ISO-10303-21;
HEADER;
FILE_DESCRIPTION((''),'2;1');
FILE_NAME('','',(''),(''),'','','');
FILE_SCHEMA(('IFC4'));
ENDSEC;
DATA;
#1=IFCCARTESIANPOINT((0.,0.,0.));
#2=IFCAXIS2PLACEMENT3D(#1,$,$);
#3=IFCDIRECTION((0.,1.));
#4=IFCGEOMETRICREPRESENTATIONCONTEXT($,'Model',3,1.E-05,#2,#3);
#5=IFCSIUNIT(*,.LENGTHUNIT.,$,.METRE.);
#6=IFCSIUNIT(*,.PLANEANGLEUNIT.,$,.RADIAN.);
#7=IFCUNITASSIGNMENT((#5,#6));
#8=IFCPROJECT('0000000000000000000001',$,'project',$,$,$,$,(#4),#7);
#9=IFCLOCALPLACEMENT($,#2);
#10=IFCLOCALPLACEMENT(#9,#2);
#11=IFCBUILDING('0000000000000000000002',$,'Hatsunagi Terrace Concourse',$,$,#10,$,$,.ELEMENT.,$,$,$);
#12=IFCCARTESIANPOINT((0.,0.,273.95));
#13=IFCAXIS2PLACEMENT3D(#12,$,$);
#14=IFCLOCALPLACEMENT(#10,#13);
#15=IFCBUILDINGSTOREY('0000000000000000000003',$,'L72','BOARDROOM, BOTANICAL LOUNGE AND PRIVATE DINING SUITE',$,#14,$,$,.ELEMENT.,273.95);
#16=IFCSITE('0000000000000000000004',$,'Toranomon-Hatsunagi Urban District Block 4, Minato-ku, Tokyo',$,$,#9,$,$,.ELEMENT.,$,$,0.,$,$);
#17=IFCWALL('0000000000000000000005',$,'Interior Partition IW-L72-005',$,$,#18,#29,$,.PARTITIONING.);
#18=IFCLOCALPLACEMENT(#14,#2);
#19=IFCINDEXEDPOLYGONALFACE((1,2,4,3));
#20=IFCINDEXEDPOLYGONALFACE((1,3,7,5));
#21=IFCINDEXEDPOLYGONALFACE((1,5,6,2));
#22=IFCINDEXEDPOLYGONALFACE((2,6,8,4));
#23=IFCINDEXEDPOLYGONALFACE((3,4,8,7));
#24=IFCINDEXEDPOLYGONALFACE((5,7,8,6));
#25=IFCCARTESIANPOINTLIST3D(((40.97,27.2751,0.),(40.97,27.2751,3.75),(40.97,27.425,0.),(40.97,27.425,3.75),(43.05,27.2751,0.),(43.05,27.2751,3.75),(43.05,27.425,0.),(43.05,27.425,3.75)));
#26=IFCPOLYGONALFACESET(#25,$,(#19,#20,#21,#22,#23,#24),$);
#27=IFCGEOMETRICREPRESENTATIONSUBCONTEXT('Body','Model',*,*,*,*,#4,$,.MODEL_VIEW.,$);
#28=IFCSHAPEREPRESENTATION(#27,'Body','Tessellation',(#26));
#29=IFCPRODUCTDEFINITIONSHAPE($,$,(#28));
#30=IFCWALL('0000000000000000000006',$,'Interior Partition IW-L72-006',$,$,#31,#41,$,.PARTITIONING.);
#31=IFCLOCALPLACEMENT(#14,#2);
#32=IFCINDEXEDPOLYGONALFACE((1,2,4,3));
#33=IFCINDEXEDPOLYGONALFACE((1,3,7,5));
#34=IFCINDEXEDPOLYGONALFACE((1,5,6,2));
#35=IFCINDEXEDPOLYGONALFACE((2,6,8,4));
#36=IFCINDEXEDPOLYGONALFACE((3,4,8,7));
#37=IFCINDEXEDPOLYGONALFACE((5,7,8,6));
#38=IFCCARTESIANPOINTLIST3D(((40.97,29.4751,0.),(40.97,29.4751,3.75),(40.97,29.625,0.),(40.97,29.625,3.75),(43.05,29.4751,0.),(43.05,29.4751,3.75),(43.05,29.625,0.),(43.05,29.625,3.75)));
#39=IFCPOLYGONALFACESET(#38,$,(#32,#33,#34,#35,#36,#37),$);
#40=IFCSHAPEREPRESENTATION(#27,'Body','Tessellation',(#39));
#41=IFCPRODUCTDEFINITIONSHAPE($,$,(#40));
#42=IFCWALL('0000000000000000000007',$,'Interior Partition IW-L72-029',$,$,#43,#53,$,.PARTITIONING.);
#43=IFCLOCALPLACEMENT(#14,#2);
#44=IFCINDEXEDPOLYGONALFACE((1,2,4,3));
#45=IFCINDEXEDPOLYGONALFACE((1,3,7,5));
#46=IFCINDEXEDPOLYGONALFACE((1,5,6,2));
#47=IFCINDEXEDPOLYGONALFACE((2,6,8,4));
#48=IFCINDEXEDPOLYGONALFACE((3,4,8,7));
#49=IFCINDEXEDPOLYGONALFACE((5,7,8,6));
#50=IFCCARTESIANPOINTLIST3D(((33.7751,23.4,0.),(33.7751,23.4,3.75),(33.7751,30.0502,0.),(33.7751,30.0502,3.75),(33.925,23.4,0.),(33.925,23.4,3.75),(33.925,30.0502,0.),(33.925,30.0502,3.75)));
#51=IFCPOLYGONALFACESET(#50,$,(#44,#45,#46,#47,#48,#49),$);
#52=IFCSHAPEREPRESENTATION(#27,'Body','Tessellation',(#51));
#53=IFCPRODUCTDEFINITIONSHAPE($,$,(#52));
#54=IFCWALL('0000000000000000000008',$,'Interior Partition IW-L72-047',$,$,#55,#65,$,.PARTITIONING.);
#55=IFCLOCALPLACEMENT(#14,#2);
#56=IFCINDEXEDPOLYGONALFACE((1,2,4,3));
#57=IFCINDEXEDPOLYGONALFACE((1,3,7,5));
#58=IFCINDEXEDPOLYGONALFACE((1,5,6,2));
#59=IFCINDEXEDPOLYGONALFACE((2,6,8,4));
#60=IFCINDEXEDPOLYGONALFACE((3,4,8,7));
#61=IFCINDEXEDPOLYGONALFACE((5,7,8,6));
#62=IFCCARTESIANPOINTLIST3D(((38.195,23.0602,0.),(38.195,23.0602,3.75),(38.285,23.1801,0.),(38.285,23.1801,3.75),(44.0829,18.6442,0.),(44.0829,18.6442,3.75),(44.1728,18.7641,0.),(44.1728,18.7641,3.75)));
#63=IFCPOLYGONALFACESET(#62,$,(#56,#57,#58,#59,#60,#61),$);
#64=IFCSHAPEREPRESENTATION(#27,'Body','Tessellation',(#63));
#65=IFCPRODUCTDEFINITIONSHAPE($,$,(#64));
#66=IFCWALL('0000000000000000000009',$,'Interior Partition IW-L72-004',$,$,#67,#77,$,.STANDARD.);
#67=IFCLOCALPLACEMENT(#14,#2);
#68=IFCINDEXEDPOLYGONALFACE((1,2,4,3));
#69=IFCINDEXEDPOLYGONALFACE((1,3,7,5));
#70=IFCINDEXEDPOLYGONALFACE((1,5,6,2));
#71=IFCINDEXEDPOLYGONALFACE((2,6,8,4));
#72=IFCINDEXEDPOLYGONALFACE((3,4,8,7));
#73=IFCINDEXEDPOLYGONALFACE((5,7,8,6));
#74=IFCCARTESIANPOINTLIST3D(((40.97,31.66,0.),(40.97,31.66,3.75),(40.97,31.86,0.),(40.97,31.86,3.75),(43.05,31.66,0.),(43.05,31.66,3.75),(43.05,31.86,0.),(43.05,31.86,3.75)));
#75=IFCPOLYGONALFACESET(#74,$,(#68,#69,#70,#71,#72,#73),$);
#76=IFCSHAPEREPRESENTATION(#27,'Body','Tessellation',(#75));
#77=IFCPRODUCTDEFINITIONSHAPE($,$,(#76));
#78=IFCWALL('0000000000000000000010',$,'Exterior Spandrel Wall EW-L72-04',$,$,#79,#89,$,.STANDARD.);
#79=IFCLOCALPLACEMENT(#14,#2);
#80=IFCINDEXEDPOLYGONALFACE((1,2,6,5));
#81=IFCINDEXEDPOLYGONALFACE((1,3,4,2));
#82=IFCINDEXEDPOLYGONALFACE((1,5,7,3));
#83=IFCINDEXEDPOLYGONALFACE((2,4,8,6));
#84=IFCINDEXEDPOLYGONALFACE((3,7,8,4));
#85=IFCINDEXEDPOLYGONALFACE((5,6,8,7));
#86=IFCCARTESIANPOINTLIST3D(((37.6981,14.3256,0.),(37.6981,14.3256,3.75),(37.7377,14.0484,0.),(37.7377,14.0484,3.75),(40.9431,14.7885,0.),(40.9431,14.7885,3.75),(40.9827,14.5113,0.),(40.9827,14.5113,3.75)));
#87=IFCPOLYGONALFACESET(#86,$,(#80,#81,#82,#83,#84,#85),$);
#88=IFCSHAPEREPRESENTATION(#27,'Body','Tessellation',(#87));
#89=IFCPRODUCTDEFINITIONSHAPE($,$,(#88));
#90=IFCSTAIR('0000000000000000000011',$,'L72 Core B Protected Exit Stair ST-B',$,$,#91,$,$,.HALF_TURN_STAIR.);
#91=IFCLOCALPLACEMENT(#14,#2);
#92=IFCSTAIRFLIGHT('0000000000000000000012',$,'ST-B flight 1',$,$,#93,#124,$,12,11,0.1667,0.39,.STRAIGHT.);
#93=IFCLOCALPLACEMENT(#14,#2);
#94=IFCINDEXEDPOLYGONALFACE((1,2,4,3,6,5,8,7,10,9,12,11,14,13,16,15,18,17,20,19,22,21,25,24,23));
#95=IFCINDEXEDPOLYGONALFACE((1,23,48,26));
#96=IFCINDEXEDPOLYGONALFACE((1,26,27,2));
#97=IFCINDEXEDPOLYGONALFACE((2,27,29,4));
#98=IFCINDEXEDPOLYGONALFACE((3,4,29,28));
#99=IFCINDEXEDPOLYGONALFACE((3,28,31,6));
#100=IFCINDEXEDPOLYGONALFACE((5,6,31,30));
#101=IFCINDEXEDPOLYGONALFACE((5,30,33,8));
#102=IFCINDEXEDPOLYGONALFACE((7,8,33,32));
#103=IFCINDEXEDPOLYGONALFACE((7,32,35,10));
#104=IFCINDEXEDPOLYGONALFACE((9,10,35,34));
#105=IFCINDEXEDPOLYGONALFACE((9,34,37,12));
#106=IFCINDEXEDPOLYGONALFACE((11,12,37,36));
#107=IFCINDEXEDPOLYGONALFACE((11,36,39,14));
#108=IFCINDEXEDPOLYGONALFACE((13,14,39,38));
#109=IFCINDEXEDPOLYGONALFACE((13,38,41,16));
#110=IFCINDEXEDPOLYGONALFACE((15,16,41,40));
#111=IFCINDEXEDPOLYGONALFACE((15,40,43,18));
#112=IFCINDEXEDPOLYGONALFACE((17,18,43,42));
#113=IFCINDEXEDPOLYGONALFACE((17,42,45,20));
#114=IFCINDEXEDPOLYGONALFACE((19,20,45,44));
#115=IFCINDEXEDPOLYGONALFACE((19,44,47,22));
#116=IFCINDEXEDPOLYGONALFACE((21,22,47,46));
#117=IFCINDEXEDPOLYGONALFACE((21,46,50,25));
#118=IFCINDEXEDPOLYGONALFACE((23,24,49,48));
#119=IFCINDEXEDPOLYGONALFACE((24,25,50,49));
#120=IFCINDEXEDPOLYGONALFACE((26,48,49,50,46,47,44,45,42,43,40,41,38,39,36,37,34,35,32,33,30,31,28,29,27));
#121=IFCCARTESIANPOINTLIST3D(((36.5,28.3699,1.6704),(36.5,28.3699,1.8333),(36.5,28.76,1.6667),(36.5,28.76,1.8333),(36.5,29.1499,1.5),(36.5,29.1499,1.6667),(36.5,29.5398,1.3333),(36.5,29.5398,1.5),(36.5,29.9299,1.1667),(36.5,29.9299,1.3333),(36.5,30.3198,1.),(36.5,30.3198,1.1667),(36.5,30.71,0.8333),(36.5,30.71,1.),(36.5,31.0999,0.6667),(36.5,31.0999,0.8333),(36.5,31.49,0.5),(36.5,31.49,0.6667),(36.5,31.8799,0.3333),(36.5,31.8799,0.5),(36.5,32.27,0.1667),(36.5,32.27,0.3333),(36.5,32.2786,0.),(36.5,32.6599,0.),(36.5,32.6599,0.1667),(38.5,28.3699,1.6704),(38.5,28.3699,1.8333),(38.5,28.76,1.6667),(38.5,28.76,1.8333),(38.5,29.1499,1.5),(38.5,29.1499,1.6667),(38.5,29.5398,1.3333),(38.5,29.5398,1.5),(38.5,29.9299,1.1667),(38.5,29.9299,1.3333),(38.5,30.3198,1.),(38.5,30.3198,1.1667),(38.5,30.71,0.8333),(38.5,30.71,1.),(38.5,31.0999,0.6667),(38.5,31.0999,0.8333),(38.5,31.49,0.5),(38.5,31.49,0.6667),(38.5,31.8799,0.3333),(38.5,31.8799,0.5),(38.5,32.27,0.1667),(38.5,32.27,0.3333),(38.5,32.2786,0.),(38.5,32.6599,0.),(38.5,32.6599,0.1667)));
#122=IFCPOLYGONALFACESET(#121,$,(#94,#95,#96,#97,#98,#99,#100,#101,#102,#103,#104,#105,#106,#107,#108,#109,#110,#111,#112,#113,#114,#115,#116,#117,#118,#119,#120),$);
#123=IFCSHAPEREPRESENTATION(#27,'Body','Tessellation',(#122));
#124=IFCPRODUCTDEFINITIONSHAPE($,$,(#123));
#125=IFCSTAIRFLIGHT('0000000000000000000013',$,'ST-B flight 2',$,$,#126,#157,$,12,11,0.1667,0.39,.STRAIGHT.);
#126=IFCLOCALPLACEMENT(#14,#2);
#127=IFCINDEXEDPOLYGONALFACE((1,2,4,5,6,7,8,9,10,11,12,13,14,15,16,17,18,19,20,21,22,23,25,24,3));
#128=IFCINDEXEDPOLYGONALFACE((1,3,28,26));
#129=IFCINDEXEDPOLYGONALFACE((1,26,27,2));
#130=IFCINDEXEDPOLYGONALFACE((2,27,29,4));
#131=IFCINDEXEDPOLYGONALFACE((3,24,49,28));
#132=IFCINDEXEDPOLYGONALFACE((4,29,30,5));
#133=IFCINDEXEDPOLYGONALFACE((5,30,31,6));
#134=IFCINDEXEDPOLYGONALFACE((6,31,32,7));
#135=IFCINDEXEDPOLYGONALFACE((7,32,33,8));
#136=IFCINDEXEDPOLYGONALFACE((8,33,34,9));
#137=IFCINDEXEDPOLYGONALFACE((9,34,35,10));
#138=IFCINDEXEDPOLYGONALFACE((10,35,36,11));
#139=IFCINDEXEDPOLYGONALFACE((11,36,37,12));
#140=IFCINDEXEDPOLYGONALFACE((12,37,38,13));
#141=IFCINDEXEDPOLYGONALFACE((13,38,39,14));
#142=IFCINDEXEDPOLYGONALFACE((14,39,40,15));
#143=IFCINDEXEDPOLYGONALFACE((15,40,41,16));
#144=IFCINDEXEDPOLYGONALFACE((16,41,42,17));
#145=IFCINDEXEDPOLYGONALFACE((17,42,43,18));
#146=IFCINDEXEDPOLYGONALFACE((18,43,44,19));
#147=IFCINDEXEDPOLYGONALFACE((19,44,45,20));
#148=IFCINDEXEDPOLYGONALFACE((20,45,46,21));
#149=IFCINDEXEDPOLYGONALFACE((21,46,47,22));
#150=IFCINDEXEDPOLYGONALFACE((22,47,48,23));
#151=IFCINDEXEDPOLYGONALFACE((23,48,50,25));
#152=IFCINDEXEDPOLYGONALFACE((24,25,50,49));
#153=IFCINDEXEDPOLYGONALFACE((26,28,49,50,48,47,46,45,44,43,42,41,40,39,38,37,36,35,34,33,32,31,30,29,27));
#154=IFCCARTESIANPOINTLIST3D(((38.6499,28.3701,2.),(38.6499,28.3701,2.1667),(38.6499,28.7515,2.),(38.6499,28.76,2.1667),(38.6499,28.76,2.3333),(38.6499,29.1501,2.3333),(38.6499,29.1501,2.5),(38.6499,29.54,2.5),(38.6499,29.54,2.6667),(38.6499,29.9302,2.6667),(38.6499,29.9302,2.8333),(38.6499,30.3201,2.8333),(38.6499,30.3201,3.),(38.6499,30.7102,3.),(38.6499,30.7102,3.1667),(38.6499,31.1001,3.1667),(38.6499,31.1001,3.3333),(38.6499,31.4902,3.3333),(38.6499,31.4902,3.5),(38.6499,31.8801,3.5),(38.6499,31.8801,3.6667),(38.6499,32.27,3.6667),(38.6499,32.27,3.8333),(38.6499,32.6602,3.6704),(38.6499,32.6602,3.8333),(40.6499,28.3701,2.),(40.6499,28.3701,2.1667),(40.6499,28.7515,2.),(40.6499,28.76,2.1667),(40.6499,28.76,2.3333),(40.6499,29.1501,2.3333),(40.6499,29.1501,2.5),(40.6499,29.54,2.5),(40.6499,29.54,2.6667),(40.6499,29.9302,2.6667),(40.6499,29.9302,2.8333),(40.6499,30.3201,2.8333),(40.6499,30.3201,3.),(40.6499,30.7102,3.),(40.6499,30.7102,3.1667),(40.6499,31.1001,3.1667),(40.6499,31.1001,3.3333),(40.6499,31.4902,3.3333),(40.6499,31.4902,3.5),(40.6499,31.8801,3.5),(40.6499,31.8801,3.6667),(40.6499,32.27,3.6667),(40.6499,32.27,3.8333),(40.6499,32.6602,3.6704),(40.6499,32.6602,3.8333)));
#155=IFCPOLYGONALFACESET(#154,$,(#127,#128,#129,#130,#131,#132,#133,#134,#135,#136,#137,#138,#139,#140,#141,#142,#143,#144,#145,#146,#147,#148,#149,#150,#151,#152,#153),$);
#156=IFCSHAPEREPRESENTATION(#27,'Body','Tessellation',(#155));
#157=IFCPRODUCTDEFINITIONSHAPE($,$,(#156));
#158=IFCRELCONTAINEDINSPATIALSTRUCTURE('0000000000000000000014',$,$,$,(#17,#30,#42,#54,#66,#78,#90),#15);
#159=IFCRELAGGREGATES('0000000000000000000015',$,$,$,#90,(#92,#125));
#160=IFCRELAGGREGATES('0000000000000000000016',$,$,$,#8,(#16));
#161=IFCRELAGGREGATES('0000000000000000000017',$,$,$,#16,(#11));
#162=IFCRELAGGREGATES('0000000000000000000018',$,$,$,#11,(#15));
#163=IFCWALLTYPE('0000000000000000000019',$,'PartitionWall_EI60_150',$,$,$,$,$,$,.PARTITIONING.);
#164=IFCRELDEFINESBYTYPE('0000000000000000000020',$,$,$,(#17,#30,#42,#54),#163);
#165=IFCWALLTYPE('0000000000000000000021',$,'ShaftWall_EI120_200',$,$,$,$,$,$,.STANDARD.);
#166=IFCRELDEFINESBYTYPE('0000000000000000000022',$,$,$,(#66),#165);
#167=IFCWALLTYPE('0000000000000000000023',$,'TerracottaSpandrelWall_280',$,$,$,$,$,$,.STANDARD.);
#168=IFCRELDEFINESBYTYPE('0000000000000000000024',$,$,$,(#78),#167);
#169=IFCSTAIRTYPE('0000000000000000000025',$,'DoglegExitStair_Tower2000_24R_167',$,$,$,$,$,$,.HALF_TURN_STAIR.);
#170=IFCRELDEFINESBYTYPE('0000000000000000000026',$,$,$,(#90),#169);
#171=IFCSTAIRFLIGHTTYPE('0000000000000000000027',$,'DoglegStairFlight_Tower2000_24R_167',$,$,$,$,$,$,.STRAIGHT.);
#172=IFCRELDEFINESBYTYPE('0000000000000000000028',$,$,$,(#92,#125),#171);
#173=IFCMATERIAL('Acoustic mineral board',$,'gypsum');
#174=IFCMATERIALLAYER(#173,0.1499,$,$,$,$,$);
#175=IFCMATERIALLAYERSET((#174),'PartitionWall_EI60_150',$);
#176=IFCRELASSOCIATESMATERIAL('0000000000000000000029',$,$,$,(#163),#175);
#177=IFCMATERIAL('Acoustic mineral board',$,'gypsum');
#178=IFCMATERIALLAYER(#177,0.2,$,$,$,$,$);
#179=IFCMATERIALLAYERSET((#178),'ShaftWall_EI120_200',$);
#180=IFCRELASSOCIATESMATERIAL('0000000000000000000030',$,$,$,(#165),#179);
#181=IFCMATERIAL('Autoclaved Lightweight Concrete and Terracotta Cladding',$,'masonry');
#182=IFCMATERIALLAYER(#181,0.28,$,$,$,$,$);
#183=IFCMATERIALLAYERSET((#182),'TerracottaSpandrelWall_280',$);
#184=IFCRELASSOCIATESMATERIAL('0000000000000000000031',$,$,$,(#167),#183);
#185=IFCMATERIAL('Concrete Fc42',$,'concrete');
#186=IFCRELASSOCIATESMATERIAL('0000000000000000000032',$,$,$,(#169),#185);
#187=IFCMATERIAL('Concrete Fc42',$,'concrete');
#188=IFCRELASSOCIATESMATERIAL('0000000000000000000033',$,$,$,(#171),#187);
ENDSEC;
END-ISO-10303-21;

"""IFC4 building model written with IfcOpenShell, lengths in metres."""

from ifc_helpers import new_model, si_unit, direction, frame, frame_2d, origin, place, context, subcontext, project, spatial, polyline, rectangle, outline, extrude, material, layer, layer_set, type_object, element, aggregate, save


model = new_model("IFC4")

# Units and contexts
model_context = context("Model", 3, precision=1e-05, world=origin(), true_north=direction((0.0, 1.0)))
body_context = subcontext(model_context, "Body", "Model", "MODEL_VIEW")
ifc_project = project(units=[si_unit("LENGTHUNIT", "METRE"), si_unit("PLANEANGLEUNIT", "RADIAN")], contexts=[model_context])

# Site, building, storey
site_placement = place(None, origin())
site = spatial("IfcSite", under=ifc_project, at=site_placement, Name="Toranomon-Hatsunagi Urban District Block 4, Minato-ku, Tokyo", CompositionType="ELEMENT", RefElevation=0.0)
building_placement = place(site_placement, origin())
building = spatial("IfcBuilding", under=site, at=building_placement, Name="Hatsunagi Terrace Concourse", CompositionType="ELEMENT")
storey_placement = place(building_placement, frame((0.0, 0.0, 273.95)))
storey = spatial("IfcBuildingStorey", under=building, at=storey_placement, Name="L72", Description="BOARDROOM, BOTANICAL LOUNGE AND PRIVATE DINING SUITE", CompositionType="ELEMENT", Elevation=273.95)

# Walls
ifc_material_1 = material(Name="Acoustic mineral board", Category="gypsum")
ifc_layer_1 = layer(ifc_material_1, 0.1499)
ifc_layer_set_1 = layer_set([ifc_layer_1], Name="PartitionWall_EI60_150")
wall_type_1 = type_object("IfcWallType", Name="PartitionWall_EI60_150", PredefinedType="PARTITIONING", material=ifc_layer_set_1)
for number, where, z_axis, x_axis, name in (
    (1, (40.97, 27.3501, 0.0), (0.0, 0.0, 1.0), (1.0, 0.0, 0.0), "Interior Partition IW-L72-005"),
    (2, (40.97, 29.55, 0.0), (0.0, 0.0, 1.0), (1.0, 0.0, 0.0), "Interior Partition IW-L72-006"),
):
    element("IfcWall", number, at=place(storey_placement, frame(where, z_axis=z_axis, x_axis=x_axis)), inside=storey, type_object=wall_type_1, Name=name, PredefinedType="PARTITIONING", context=body_context, shape_type="SweptSolid", body=[
        extrude(rectangle(XDim=2.0801, YDim=0.1499, at=frame_2d((1.04, 0.0))), origin(), (0.0, 0.0, 1.0), 3.75),
    ])
wall_1_placement = place(storey_placement, frame((33.8501, 23.3999, 0.0), z_axis=(0.0, 0.0, 1.0), x_axis=(0.0, 1.0, 0.0)))
element("IfcWall", 3, at=wall_1_placement, inside=storey, type_object=wall_type_1, Name="Interior Partition IW-L72-029", PredefinedType="PARTITIONING", context=body_context, shape_type="SweptSolid", body=[
    extrude(rectangle(XDim=6.6501, YDim=0.1499, at=frame_2d((3.3252, 0.0))), origin(), (0.0, 0.0, 1.0), 3.75),
])
wall_2_placement = place(storey_placement, frame((38.24, 23.1201, 0.0), z_axis=(0.0, 0.0, 1.0), x_axis=(0.799996, -0.600005, 0.0)))
element("IfcWall", 4, at=wall_2_placement, inside=storey, type_object=wall_type_1, Name="Interior Partition IW-L72-047", PredefinedType="PARTITIONING", context=body_context, shape_type="SweptSolid", body=[
    extrude(rectangle(XDim=7.3599, YDim=0.1499, at=frame_2d((3.6799, 0.0))), origin(), (0.0, 0.0, 1.0), 3.75),
])
ifc_material_2 = material(Name="Acoustic mineral board", Category="gypsum")
ifc_layer_2 = layer(ifc_material_2, 0.2)
ifc_layer_set_2 = layer_set([ifc_layer_2], Name="ShaftWall_EI120_200")
wall_type_2 = type_object("IfcWallType", Name="ShaftWall_EI120_200", PredefinedType="STANDARD", material=ifc_layer_set_2)
wall_3_placement = place(storey_placement, frame((40.97, 31.76, 0.0), z_axis=(0.0, 0.0, 1.0), x_axis=(1.0, 0.0, 0.0)))
element("IfcWall", 5, at=wall_3_placement, inside=storey, type_object=wall_type_2, Name="Interior Partition IW-L72-004", PredefinedType="STANDARD", context=body_context, shape_type="SweptSolid", body=[
    extrude(rectangle(XDim=2.0801, YDim=0.2, at=frame_2d((1.04, 0.0))), origin(), (0.0, 0.0, 1.0), 3.75),
])
ifc_material_3 = material(Name="Autoclaved Lightweight Concrete and Terracotta Cladding", Category="masonry")
ifc_layer_3 = layer(ifc_material_3, 0.28)
ifc_layer_set_3 = layer_set([ifc_layer_3], Name="TerracottaSpandrelWall_280")
wall_type_3 = type_object("IfcWallType", Name="TerracottaSpandrelWall_280", PredefinedType="STANDARD", material=ifc_layer_set_3)
wall_4_placement = place(storey_placement, frame((40.9629, 14.6499, 0.0), z_axis=(0.0, 0.0, 1.0), x_axis=(-0.989978, -0.141223, 0.0)))
element("IfcWall", 6, at=wall_4_placement, inside=storey, type_object=wall_type_3, Name="Exterior Spandrel Wall EW-L72-04", PredefinedType="STANDARD", context=body_context, shape_type="SweptSolid", body=[
    extrude(rectangle(XDim=3.2778, YDim=0.28, at=frame_2d((1.6389, 0.0))), origin(), (0.0, 0.0, 1.0), 3.75),
])

# Stair, stair flights
ifc_material_4 = material(Name="Concrete Fc42", Category="concrete")
stair_type = type_object("IfcStairType", Name="DoglegExitStair_Tower2000_24R_167", PredefinedType="HALF_TURN_STAIR", material=ifc_material_4)
stair_placement = place(storey_placement, origin())
stair = element("IfcStair", 7, at=stair_placement, inside=storey, type_object=stair_type, Name="L72 Core B Protected Exit Stair ST-B", PredefinedType="HALF_TURN_STAIR")
ifc_material_5 = material(Name="Concrete Fc42", Category="concrete")
stair_flight_type = type_object("IfcStairFlightType", Name="DoglegStairFlight_Tower2000_24R_167", PredefinedType="STRAIGHT", material=ifc_material_5)
stair_flight_1_placement = place(storey_placement, frame((37.5, 32.6599, 0.0), z_axis=(0.0, 0.0, 1.0), x_axis=(0.0, -1.0, 0.0)))
stair_flight_1 = element("IfcStairFlight", 8, at=stair_flight_1_placement, type_object=stair_flight_type, Name="ST-B flight 1", NumberOfRisers=12, NumberOfTreads=11, PredefinedType="STRAIGHT", RiserHeight=0.1667, TreadLength=0.39, context=body_context, shape_type="SweptSolid", body=[
    extrude(outline(polyline([(0.0, 0.0), (0.0, 0.1667), (0.3899, 0.1667), (0.3899, 0.3333), (0.78, 0.3333), (0.78, 0.5), (1.1699, 0.5), (1.1699, 0.6667), (1.5601, 0.6667), (1.5601, 0.8333), (1.95, 0.8333), (1.95, 1.0), (2.3401, 1.0), (2.3401, 1.1667), (2.73, 1.1667), (2.73, 1.3333), (3.1201, 1.3333), (3.1201, 1.5), (3.51, 1.5), (3.51, 1.6667), (3.8999, 1.6667), (3.8999, 1.8333), (4.29, 1.8333), (4.29, 2.0), (4.29, 1.6704), (0.3813, 0.0), (0.0, 0.0)])), frame((0.0, 1.0, 0.0), z_axis=(0.0, -1.0, 0.0), x_axis=(1.0, 0.0, 0.0)), (0.0, 0.0, 1.0), 2.0),
])
stair_flight_2_placement = place(storey_placement, frame((39.6499, 28.3701, 2.0), z_axis=(0.0, 0.0, 1.0), x_axis=(0.0, 1.0, 0.0)))
stair_flight_2 = element("IfcStairFlight", 9, at=stair_flight_2_placement, type_object=stair_flight_type, Name="ST-B flight 2", NumberOfRisers=12, NumberOfTreads=11, PredefinedType="STRAIGHT", RiserHeight=0.1667, TreadLength=0.39, context=body_context, shape_type="SweptSolid", body=[
    extrude(outline(polyline([(0.0, 0.0), (0.0, 0.1667), (0.3899, 0.1667), (0.3899, 0.3333), (0.78, 0.3333), (0.78, 0.5), (1.1699, 0.5), (1.1699, 0.6667), (1.5601, 0.6667), (1.5601, 0.8333), (1.95, 0.8333), (1.95, 1.0), (2.3401, 1.0), (2.3401, 1.1667), (2.73, 1.1667), (2.73, 1.3333), (3.1201, 1.3333), (3.1201, 1.5), (3.51, 1.5), (3.51, 1.6667), (3.8999, 1.6667), (3.8999, 1.8333), (4.29, 1.8333), (4.29, 2.0), (4.29, 1.6704), (0.3813, 0.0), (0.0, 0.0)])), frame((0.0, 1.0, 0.0), z_axis=(0.0, -1.0, 0.0), x_axis=(1.0, 0.0, 0.0)), (0.0, 0.0, 1.0), 2.0),
])
aggregate(stair, [stair_flight_1, stair_flight_2])

save(model, "model.ifc")
